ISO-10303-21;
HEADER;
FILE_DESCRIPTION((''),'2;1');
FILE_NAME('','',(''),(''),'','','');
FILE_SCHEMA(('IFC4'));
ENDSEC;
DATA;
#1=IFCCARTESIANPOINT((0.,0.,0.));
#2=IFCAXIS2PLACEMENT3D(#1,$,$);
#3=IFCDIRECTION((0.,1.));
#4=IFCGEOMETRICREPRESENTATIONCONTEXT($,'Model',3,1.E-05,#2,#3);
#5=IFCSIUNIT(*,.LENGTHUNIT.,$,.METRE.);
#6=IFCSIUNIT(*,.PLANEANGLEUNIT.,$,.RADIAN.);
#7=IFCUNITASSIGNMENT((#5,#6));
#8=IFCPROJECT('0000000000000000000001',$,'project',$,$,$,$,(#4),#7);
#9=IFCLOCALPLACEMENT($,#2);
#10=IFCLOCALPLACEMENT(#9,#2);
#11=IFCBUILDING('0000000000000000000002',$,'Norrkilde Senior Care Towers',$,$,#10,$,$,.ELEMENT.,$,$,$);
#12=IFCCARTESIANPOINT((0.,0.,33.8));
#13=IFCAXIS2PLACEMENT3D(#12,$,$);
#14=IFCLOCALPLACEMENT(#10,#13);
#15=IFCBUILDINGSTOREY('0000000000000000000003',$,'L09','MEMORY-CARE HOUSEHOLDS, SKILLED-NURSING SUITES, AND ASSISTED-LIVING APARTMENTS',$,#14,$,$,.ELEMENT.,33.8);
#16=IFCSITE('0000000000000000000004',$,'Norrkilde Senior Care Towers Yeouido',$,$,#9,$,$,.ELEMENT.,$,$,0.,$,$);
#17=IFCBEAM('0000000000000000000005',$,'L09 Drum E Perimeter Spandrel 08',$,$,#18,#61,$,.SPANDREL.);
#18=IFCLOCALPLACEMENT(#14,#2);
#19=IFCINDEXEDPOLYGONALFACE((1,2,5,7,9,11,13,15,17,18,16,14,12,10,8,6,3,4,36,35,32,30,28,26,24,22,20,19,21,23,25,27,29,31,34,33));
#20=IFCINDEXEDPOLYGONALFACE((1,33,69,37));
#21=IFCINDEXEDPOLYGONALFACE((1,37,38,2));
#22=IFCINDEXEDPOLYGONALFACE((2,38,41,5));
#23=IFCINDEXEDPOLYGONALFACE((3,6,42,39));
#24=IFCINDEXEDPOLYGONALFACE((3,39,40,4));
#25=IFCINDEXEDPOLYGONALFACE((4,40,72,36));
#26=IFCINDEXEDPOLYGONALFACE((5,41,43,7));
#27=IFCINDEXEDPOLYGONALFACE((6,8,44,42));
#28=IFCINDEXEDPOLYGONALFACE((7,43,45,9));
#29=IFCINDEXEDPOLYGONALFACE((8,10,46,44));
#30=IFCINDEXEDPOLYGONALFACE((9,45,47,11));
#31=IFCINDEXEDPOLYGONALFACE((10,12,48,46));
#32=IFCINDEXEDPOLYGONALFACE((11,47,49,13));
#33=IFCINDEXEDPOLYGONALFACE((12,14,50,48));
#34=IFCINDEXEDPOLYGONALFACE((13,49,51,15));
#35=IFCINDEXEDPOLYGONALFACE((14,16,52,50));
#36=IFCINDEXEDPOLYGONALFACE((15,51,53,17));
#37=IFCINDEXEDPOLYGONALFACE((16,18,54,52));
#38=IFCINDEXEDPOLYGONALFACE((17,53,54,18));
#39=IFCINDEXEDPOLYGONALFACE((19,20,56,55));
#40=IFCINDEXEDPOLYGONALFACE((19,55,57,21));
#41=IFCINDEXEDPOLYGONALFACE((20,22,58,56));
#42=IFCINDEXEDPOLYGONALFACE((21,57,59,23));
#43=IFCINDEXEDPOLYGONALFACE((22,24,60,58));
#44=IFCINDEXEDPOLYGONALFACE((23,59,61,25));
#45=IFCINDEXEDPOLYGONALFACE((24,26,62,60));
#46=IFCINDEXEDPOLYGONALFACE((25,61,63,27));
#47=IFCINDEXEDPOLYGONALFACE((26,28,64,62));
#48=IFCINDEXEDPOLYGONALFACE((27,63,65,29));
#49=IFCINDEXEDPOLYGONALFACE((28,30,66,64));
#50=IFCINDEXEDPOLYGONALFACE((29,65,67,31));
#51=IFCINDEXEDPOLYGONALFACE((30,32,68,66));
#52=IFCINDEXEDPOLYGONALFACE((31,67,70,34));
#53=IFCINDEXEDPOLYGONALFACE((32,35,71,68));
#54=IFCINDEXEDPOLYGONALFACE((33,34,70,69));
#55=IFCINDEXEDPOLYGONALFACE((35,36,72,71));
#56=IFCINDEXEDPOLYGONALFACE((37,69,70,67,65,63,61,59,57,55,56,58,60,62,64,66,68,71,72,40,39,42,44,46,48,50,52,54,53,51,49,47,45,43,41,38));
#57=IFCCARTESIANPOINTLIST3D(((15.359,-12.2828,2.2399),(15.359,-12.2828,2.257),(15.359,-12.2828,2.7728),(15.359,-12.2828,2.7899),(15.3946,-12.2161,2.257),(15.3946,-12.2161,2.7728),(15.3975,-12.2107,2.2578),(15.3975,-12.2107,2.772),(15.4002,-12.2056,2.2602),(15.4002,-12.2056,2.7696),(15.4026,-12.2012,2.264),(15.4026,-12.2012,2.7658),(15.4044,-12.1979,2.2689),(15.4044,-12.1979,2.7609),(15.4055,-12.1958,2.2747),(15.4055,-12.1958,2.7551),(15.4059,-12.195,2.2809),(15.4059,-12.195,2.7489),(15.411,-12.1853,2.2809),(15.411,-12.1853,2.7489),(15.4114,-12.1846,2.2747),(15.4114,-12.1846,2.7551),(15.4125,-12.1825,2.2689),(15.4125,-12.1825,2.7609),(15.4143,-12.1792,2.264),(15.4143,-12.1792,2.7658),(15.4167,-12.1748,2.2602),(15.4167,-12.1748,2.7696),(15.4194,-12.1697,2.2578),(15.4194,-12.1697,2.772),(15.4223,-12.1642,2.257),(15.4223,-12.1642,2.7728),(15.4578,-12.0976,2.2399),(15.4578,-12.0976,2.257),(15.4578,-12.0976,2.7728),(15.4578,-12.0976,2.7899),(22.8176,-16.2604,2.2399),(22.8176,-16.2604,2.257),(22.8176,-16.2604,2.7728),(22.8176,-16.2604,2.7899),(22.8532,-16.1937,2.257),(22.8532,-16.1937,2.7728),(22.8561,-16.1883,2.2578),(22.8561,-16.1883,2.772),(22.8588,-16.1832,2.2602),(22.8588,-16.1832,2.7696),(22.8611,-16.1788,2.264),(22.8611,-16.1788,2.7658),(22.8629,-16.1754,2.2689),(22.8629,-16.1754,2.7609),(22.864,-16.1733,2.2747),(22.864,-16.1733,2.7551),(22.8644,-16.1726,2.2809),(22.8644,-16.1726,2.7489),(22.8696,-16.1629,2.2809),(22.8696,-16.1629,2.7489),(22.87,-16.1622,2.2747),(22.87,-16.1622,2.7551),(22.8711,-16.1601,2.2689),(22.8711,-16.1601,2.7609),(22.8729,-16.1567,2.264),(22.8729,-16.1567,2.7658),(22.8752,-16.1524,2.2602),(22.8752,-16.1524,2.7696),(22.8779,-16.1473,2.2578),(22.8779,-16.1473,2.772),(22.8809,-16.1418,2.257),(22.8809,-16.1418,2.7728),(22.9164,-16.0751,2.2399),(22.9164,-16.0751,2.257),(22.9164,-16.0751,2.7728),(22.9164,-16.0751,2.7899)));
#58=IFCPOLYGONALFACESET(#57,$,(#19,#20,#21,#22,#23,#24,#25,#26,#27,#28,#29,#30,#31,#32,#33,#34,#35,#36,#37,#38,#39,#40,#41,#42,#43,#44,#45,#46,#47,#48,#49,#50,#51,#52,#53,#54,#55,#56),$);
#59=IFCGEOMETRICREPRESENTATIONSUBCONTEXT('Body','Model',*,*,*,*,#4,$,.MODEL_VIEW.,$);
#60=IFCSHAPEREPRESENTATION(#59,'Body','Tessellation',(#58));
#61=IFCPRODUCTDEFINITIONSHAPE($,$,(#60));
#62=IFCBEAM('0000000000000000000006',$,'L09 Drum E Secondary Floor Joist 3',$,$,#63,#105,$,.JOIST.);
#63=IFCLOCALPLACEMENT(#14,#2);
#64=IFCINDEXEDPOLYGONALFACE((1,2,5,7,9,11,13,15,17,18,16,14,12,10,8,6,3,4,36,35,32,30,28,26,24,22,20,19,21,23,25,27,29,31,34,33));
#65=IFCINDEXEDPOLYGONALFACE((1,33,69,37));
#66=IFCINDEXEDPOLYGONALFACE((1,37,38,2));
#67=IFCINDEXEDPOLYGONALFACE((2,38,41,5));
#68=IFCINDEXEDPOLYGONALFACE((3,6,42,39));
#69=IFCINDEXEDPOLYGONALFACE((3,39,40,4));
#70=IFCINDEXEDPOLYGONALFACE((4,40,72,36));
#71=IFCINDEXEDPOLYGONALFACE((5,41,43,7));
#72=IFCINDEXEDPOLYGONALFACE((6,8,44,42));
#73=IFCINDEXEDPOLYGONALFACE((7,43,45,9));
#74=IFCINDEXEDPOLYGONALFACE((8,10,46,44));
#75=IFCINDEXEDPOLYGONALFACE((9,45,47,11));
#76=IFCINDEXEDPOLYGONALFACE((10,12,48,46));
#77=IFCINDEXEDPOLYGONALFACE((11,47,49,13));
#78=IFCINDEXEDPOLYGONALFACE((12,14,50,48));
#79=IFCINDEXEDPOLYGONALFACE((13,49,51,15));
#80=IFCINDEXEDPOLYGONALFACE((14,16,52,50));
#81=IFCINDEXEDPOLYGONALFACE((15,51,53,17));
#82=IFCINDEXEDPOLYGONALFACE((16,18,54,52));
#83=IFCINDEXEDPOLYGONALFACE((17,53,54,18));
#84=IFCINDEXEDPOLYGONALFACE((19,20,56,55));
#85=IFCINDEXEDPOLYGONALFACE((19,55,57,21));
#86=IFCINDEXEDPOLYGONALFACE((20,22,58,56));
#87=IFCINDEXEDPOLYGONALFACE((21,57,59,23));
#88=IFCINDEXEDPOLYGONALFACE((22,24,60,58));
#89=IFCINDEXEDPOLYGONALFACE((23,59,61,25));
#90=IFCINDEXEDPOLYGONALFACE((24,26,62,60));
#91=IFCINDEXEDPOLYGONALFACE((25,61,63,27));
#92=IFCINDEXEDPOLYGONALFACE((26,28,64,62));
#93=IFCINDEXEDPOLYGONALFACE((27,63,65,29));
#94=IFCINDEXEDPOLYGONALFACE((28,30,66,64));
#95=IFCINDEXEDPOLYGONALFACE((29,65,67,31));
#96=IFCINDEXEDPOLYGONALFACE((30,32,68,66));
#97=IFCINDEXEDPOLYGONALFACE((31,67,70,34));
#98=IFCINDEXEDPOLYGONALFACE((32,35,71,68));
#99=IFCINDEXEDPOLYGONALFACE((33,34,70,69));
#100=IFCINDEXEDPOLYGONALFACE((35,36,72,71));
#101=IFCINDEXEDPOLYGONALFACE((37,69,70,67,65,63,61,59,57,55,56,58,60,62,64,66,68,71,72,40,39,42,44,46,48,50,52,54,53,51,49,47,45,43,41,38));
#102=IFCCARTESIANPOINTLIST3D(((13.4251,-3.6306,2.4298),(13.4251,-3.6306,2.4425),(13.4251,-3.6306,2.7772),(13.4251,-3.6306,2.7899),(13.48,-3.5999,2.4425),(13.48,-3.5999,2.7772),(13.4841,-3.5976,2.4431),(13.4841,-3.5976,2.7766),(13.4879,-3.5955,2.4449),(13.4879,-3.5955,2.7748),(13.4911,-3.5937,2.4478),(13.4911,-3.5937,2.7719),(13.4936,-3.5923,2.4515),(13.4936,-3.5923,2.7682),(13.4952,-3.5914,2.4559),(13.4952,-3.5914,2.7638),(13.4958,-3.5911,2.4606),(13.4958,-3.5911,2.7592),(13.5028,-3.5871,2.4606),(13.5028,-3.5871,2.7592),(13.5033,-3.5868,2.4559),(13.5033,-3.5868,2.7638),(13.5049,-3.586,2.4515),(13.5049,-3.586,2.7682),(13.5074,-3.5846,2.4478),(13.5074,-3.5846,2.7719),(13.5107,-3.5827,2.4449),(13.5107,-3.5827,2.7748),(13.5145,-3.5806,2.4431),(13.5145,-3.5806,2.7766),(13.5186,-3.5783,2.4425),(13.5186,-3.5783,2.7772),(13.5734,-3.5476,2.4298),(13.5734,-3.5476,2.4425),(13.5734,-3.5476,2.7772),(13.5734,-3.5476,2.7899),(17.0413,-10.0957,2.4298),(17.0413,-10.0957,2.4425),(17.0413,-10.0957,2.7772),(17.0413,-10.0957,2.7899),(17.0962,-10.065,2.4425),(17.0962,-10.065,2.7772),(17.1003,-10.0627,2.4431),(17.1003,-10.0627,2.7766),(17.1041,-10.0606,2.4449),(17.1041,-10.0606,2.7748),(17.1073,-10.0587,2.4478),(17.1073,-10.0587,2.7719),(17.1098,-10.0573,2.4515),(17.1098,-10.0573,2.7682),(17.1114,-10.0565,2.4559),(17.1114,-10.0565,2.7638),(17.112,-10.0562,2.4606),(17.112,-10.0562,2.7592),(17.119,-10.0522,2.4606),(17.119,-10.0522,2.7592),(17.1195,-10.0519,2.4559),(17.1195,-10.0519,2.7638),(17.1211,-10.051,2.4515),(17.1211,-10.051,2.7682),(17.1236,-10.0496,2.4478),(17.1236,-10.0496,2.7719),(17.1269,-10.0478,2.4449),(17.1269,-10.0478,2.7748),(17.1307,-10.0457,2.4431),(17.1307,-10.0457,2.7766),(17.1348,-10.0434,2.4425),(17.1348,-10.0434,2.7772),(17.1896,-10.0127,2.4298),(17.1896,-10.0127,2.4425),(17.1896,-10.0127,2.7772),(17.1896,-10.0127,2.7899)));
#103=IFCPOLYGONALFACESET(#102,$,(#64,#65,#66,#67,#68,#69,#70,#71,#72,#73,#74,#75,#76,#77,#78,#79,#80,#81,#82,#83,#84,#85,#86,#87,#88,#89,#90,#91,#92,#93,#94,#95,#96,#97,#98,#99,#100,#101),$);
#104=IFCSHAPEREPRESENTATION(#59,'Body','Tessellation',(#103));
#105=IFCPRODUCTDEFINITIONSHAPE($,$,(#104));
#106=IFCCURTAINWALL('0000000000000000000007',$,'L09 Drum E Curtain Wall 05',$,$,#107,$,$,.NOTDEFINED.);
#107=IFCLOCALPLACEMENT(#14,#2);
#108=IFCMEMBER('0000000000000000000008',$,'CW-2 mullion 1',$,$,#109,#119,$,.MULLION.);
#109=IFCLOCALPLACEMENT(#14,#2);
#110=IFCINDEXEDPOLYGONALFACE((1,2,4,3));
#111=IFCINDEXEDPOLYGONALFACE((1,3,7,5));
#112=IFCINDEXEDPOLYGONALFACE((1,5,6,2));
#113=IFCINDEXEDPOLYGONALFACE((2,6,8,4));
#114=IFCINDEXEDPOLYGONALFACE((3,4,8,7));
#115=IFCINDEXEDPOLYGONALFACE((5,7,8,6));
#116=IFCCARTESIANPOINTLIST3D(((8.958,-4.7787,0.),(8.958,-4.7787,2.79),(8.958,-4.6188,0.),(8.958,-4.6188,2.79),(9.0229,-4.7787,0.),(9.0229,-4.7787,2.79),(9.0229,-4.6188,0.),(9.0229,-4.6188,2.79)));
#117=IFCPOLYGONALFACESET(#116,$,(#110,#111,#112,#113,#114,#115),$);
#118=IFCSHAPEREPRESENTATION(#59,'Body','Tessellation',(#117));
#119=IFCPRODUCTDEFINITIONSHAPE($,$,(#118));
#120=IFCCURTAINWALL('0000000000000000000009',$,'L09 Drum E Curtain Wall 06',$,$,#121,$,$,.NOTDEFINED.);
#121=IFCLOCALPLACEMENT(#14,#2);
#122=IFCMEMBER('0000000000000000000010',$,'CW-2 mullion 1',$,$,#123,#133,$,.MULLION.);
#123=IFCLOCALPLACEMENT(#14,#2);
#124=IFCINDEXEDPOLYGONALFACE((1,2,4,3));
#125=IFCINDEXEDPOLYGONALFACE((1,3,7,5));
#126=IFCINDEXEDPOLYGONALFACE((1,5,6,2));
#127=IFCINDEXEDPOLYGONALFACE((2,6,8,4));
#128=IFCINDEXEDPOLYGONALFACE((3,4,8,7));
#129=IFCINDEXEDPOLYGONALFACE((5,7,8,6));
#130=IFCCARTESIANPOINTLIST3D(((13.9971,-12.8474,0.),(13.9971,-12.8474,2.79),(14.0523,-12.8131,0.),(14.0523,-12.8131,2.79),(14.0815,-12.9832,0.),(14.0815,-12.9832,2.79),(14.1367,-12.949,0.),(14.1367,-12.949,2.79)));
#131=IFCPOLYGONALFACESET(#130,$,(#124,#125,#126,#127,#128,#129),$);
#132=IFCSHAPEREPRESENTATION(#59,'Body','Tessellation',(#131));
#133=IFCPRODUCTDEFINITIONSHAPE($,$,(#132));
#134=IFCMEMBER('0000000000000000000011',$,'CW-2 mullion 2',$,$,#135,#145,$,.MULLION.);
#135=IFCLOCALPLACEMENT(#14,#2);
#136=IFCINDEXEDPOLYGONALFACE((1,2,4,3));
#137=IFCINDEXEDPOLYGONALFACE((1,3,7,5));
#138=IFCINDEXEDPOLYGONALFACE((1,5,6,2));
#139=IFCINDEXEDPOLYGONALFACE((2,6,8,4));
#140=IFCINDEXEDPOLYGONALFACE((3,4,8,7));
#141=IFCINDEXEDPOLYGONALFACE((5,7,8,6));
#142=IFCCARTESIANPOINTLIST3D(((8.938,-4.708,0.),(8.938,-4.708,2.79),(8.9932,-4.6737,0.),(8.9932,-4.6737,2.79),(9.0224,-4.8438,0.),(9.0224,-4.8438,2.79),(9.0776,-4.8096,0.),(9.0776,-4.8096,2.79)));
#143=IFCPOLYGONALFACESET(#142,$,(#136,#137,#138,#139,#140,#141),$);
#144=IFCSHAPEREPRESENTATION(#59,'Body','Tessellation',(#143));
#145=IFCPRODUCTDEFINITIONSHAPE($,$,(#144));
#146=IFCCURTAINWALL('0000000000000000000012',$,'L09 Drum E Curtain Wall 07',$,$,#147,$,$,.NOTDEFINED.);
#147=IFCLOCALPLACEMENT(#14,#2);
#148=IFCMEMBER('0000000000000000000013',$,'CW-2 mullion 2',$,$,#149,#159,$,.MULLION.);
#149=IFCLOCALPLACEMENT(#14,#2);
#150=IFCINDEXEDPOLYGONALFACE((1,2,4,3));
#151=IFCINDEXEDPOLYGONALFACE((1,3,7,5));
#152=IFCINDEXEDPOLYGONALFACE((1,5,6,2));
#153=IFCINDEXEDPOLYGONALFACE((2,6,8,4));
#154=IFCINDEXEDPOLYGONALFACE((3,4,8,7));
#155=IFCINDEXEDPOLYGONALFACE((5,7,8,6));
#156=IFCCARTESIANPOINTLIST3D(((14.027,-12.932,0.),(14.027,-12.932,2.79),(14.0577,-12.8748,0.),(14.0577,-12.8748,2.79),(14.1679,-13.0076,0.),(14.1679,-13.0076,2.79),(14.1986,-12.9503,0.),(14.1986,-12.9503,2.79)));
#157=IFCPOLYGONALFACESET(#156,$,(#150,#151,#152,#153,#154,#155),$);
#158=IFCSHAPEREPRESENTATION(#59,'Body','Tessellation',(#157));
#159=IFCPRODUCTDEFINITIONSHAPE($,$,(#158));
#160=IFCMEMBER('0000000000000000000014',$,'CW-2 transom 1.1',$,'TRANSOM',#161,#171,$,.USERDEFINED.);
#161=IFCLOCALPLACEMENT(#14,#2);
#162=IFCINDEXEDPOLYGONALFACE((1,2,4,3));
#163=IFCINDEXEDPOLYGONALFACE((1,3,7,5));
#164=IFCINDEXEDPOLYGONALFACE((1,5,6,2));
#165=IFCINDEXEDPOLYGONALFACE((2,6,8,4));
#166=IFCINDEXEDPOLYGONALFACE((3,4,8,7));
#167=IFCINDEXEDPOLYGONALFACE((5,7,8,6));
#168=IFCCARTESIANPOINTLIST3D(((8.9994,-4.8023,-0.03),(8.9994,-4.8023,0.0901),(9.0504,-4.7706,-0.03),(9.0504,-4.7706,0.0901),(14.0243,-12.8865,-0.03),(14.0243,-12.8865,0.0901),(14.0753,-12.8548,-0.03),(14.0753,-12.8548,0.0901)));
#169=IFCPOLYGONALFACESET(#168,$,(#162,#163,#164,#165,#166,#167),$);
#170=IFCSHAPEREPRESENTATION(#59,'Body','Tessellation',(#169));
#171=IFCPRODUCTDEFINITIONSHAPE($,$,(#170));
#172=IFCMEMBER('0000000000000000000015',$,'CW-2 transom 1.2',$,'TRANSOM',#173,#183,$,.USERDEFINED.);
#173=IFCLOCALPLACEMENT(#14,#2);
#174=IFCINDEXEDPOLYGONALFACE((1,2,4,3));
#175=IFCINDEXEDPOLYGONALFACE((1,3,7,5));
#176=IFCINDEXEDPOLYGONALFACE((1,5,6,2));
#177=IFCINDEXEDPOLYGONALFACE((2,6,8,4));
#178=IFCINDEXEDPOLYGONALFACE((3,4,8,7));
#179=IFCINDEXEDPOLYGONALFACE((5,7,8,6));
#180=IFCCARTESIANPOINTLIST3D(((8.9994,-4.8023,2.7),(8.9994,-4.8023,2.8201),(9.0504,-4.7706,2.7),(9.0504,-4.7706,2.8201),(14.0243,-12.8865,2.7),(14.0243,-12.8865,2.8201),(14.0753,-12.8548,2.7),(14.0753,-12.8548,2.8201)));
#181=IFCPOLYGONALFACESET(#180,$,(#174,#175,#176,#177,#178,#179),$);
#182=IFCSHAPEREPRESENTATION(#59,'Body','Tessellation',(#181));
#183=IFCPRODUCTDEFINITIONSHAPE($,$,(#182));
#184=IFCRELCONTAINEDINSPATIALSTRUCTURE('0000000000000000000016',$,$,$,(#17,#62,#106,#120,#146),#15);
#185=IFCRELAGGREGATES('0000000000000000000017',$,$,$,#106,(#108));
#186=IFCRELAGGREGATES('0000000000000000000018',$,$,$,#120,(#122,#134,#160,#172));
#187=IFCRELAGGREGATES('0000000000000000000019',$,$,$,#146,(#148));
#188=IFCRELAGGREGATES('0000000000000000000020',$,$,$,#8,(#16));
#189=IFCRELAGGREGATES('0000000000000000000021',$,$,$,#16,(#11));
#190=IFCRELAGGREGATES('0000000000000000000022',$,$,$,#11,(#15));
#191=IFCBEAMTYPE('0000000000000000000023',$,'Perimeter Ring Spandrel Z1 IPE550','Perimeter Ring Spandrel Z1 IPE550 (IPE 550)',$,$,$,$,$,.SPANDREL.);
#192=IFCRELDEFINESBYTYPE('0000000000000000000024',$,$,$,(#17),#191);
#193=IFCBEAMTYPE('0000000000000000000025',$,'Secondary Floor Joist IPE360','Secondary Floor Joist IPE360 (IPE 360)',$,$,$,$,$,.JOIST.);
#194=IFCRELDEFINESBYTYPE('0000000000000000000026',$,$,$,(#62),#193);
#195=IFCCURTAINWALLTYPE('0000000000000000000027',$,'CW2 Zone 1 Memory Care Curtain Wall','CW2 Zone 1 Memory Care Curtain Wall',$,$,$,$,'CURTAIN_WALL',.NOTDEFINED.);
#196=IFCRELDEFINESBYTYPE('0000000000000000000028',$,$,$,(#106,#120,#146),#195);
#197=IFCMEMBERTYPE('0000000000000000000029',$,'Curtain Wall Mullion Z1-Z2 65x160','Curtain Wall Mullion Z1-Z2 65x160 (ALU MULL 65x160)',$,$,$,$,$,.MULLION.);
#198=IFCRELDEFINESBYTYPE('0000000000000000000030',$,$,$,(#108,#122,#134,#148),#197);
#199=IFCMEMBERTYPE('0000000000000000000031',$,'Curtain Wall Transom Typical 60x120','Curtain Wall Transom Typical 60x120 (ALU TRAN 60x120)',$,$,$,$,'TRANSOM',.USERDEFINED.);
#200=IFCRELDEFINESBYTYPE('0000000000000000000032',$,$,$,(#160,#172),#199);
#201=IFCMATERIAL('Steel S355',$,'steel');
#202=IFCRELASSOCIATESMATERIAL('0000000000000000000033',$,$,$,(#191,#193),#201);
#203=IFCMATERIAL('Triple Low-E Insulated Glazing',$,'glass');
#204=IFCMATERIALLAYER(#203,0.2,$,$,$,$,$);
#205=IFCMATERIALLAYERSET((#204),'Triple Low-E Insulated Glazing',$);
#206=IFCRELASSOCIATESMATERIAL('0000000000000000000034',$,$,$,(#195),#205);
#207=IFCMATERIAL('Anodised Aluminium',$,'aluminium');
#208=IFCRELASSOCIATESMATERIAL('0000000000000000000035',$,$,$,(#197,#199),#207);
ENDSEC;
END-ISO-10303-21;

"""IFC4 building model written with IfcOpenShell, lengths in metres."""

from ifc_helpers import new_model, si_unit, direction, frame, origin, origin_2d, place, context, subcontext, project, spatial, rectangle, i_section, extrude, source, transform, mapped, material, layer, layer_set, material_profile, profile_set, type_object, type_shapes, element, aggregate, save


model = new_model("IFC4")

# Units and contexts
model_context = context("Model", 3, precision=1e-05, world=origin(), true_north=direction((0.0, 1.0)))
body_context = subcontext(model_context, "Body", "Model", "MODEL_VIEW")
ifc_project = project(units=[si_unit("LENGTHUNIT", "METRE"), si_unit("PLANEANGLEUNIT", "RADIAN")], contexts=[model_context])

# Site, building, storey
site_placement = place(None, origin())
site = spatial("IfcSite", under=ifc_project, at=site_placement, Name="Norrkilde Senior Care Towers Yeouido", CompositionType="ELEMENT", RefElevation=0.0)
building_placement = place(site_placement, origin())
building = spatial("IfcBuilding", under=site, at=building_placement, Name="Norrkilde Senior Care Towers", CompositionType="ELEMENT")
storey_placement = place(building_placement, frame((0.0, 0.0, 33.8)))
storey = spatial("IfcBuildingStorey", under=building, at=storey_placement, Name="L09", Description="MEMORY-CARE HOUSEHOLDS, SKILLED-NURSING SUITES, AND ASSISTED-LIVING APARTMENTS", CompositionType="ELEMENT", Elevation=33.8)

# Beams
ifc_material_1 = material(Name="Steel S355", Category="steel")
ifc_material_profile_1 = material_profile(ifc_material_1, i_section(OverallWidth=0.21, OverallDepth=0.55, WebThickness=0.011, FlangeThickness=0.0171, FilletRadius=0.0239, at=origin_2d()), Name="IPE 550")
ifc_profile_set_1 = profile_set([ifc_material_profile_1], Name="Steel S355")
beam_type_1 = type_object("IfcBeamType", Name="Perimeter Ring Spandrel Z1 IPE550", Description="Perimeter Ring Spandrel Z1 IPE550 (IPE 550)", PredefinedType="SPANDREL", material=ifc_profile_set_1)
shared_shape_1 = source(origin(), body_context, "Body", "SweptSolid", [
    extrude(i_section(OverallWidth=0.21, OverallDepth=0.55, WebThickness=0.011, FlangeThickness=0.0171, FilletRadius=0.0239, at=origin_2d()), origin(), (0.0, 0.0, 1.0), 8.4529),
])
beam_1_placement = place(storey_placement, frame((15.4084, -12.1902, 2.5149), z_axis=(0.882369, -0.470558, 0.0), x_axis=(0.470558, 0.882369, 0.0)))
element("IfcBeam", 1, at=beam_1_placement, inside=storey, type_object=beam_type_1, Name="L09 Drum E Perimeter Spandrel 08", PredefinedType="SPANDREL", context=body_context, shape_type="MappedRepresentation", body=[
    mapped(shared_shape_1, transform((0.0, 0.0, 0.0), x_axis=(1.0, 0.0, 0.0), y_axis=(0.0, 1.0, 0.0), z_axis=(0.0, 0.0, 1.0), scale=1.0)),
])
ifc_material_profile_2 = material_profile(ifc_material_1, i_section(OverallWidth=0.1699, OverallDepth=0.3601, WebThickness=0.0081, FlangeThickness=0.0127, FilletRadius=0.0181, at=origin_2d()), Name="IPE 360")
ifc_profile_set_2 = profile_set([ifc_material_profile_2], Name="Steel S355")
beam_type_2 = type_object("IfcBeamType", Name="Secondary Floor Joist IPE360", Description="Secondary Floor Joist IPE360 (IPE 360)", PredefinedType="JOIST", material=ifc_profile_set_2)
shared_shape_2 = source(origin(), body_context, "Body", "SweptSolid", [
    extrude(i_section(OverallWidth=0.1699, OverallDepth=0.3601, WebThickness=0.0081, FlangeThickness=0.0127, FilletRadius=0.0181, at=origin_2d()), origin(), (0.0, 0.0, 1.0), 7.4077),
])
type_shapes(beam_type_2, [shared_shape_2])
beam_2_placement = place(storey_placement, frame((13.4993, -3.5891, 2.6099), z_axis=(0.488168, -0.87275, 0.0), x_axis=(0.87275, 0.488168, 0.0)))
element("IfcBeam", 2, at=beam_2_placement, inside=storey, type_object=beam_type_2, Name="L09 Drum E Secondary Floor Joist 3", PredefinedType="JOIST", context=body_context, shape_type="MappedRepresentation", body=[
    mapped(shared_shape_2, transform((0.0, 0.0, 0.0), x_axis=(1.0, 0.0, 0.0), y_axis=(0.0, 1.0, 0.0), z_axis=(0.0, 0.0, 1.0), scale=1.0)),
])

# Curtain wall, member
ifc_material_2 = material(Name="Triple Low-E Insulated Glazing", Category="glass")
ifc_layer_1 = layer(ifc_material_2, 0.2)
ifc_layer_set_1 = layer_set([ifc_layer_1], Name="Triple Low-E Insulated Glazing")
curtain_wall_type = type_object("IfcCurtainWallType", Name="CW2 Zone 1 Memory Care Curtain Wall", Description="CW2 Zone 1 Memory Care Curtain Wall", ElementType="CURTAIN_WALL", PredefinedType="NOTDEFINED", material=ifc_layer_set_1)
curtain_wall_1_placement = place(storey_placement, origin())
curtain_wall_1 = element("IfcCurtainWall", 3, at=curtain_wall_1_placement, inside=storey, type_object=curtain_wall_type, Name="L09 Drum E Curtain Wall 05", PredefinedType="NOTDEFINED")
ifc_material_3 = material(Name="Anodised Aluminium", Category="aluminium")
ifc_material_profile_3 = material_profile(ifc_material_3, rectangle(XDim=0.0649, YDim=0.1599, at=origin_2d()), Name="ALU MULL 65x160")
ifc_profile_set_3 = profile_set([ifc_material_profile_3], Name="Anodised Aluminium")
member_type_1 = type_object("IfcMemberType", Name="Curtain Wall Mullion Z1-Z2 65x160", Description="Curtain Wall Mullion Z1-Z2 65x160 (ALU MULL 65x160)", PredefinedType="MULLION", material=ifc_profile_set_3)
shared_shape_3 = source(origin(), body_context, "Body", "SweptSolid", [
    extrude(rectangle(XDim=0.0649, YDim=0.1599, at=origin_2d()), origin(), (0.0, 0.0, 1.0), 2.79),
])
type_shapes(member_type_1, [shared_shape_3])
member_1_placement = place(storey_placement, frame((8.9905, -4.6987, 0.0), z_axis=(0.0, 0.0, 1.0), x_axis=(-1.0, 0.0, 0.0)))
member_1 = element("IfcMember", 4, at=member_1_placement, type_object=member_type_1, Name="CW-2 mullion 1", PredefinedType="MULLION", context=body_context, shape_type="MappedRepresentation", body=[
    mapped(shared_shape_3, transform((0.0, 0.0, 0.0), x_axis=(1.0, 0.0, 0.0), y_axis=(0.0, 1.0, 0.0), z_axis=(0.0, 0.0, 1.0), scale=1.0)),
])

# Curtain wall, members
curtain_wall_2_placement = place(storey_placement, origin())
curtain_wall_2 = element("IfcCurtainWall", 5, at=curtain_wall_2_placement, inside=storey, type_object=curtain_wall_type, Name="L09 Drum E Curtain Wall 06", PredefinedType="NOTDEFINED")
member_2_placement = place(storey_placement, frame((14.0669, -12.8982, 0.0), z_axis=(0.0, 0.0, 1.0), x_axis=(-0.849306, -0.527901, 0.0)))
member_2 = element("IfcMember", 6, at=member_2_placement, type_object=member_type_1, Name="CW-2 mullion 1", PredefinedType="MULLION", context=body_context, shape_type="MappedRepresentation", body=[
    mapped(shared_shape_3, transform((0.0, 0.0, 0.0), x_axis=(1.0, 0.0, 0.0), y_axis=(0.0, 1.0, 0.0), z_axis=(0.0, 0.0, 1.0), scale=1.0)),
])
member_3_placement = place(storey_placement, frame((9.0078, -4.7588, 0.0), z_axis=(0.0, 0.0, 1.0), x_axis=(-0.849306, -0.527901, 0.0)))
member_3 = element("IfcMember", 7, at=member_3_placement, type_object=member_type_1, Name="CW-2 mullion 2", PredefinedType="MULLION", context=body_context, shape_type="MappedRepresentation", body=[
    mapped(shared_shape_3, transform((0.0, 0.0, 0.0), x_axis=(1.0, 0.0, 0.0), y_axis=(0.0, 1.0, 0.0), z_axis=(0.0, 0.0, 1.0), scale=1.0)),
])

# Curtain wall, member
curtain_wall_3_placement = place(storey_placement, origin())
curtain_wall_3 = element("IfcCurtainWall", 8, at=curtain_wall_3_placement, inside=storey, type_object=curtain_wall_type, Name="L09 Drum E Curtain Wall 07", PredefinedType="NOTDEFINED")
member_4_placement = place(storey_placement, frame((14.1128, -12.9412, 0.0), z_axis=(0.0, 0.0, 1.0), x_axis=(-0.472608, -0.881273, 0.0)))
member_4 = element("IfcMember", 9, at=member_4_placement, type_object=member_type_1, Name="CW-2 mullion 2", PredefinedType="MULLION", context=body_context, shape_type="MappedRepresentation", body=[
    mapped(shared_shape_3, transform((0.0, 0.0, 0.0), x_axis=(1.0, 0.0, 0.0), y_axis=(0.0, 1.0, 0.0), z_axis=(0.0, 0.0, 1.0), scale=1.0)),
])

# Members
ifc_material_profile_4 = material_profile(ifc_material_3, rectangle(XDim=0.0601, YDim=0.1201, at=origin_2d()), Name="ALU TRAN 60x120")
ifc_profile_set_4 = profile_set([ifc_material_profile_4], Name="Anodised Aluminium")
member_type_2 = type_object("IfcMemberType", Name="Curtain Wall Transom Typical 60x120", Description="Curtain Wall Transom Typical 60x120 (ALU TRAN 60x120)", ElementType="TRANSOM", PredefinedType="USERDEFINED", material=ifc_profile_set_4)
shared_shape_4 = source(origin(), body_context, "Body", "SweptSolid", [
    extrude(rectangle(XDim=0.0601, YDim=0.1201, at=origin_2d()), origin(), (0.0, 0.0, 1.0), 9.5186),
])
member_5_placement = place(storey_placement, frame((14.0498, -12.8706, 0.03), z_axis=(-0.527902, 0.849306, 0.0), x_axis=(-0.849306, -0.527902, 0.0)))
member_5 = element("IfcMember", 10, at=member_5_placement, type_object=member_type_2, Name="CW-2 transom 1.1", ObjectType="TRANSOM", PredefinedType="USERDEFINED", context=body_context, shape_type="MappedRepresentation", body=[
    mapped(shared_shape_4, transform((0.0, 0.0, 0.0), x_axis=(1.0, 0.0, 0.0), y_axis=(0.0, 1.0, 0.0), z_axis=(0.0, 0.0, 1.0), scale=1.0)),
])
member_6_placement = place(storey_placement, frame((14.0498, -12.8706, 2.76), z_axis=(-0.527902, 0.849306, 0.0), x_axis=(-0.849306, -0.527902, 0.0)))
member_6 = element("IfcMember", 11, at=member_6_placement, type_object=member_type_2, Name="CW-2 transom 1.2", ObjectType="TRANSOM", PredefinedType="USERDEFINED", context=body_context, shape_type="MappedRepresentation", body=[
    mapped(shared_shape_4, transform((0.0, 0.0, 0.0), x_axis=(1.0, 0.0, 0.0), y_axis=(0.0, 1.0, 0.0), z_axis=(0.0, 0.0, 1.0), scale=1.0)),
])
aggregate(curtain_wall_1, [member_1])

aggregate(curtain_wall_2, [member_2, member_3, member_5, member_6])
aggregate(curtain_wall_3, [member_4])

save(model, "model.ifc")
